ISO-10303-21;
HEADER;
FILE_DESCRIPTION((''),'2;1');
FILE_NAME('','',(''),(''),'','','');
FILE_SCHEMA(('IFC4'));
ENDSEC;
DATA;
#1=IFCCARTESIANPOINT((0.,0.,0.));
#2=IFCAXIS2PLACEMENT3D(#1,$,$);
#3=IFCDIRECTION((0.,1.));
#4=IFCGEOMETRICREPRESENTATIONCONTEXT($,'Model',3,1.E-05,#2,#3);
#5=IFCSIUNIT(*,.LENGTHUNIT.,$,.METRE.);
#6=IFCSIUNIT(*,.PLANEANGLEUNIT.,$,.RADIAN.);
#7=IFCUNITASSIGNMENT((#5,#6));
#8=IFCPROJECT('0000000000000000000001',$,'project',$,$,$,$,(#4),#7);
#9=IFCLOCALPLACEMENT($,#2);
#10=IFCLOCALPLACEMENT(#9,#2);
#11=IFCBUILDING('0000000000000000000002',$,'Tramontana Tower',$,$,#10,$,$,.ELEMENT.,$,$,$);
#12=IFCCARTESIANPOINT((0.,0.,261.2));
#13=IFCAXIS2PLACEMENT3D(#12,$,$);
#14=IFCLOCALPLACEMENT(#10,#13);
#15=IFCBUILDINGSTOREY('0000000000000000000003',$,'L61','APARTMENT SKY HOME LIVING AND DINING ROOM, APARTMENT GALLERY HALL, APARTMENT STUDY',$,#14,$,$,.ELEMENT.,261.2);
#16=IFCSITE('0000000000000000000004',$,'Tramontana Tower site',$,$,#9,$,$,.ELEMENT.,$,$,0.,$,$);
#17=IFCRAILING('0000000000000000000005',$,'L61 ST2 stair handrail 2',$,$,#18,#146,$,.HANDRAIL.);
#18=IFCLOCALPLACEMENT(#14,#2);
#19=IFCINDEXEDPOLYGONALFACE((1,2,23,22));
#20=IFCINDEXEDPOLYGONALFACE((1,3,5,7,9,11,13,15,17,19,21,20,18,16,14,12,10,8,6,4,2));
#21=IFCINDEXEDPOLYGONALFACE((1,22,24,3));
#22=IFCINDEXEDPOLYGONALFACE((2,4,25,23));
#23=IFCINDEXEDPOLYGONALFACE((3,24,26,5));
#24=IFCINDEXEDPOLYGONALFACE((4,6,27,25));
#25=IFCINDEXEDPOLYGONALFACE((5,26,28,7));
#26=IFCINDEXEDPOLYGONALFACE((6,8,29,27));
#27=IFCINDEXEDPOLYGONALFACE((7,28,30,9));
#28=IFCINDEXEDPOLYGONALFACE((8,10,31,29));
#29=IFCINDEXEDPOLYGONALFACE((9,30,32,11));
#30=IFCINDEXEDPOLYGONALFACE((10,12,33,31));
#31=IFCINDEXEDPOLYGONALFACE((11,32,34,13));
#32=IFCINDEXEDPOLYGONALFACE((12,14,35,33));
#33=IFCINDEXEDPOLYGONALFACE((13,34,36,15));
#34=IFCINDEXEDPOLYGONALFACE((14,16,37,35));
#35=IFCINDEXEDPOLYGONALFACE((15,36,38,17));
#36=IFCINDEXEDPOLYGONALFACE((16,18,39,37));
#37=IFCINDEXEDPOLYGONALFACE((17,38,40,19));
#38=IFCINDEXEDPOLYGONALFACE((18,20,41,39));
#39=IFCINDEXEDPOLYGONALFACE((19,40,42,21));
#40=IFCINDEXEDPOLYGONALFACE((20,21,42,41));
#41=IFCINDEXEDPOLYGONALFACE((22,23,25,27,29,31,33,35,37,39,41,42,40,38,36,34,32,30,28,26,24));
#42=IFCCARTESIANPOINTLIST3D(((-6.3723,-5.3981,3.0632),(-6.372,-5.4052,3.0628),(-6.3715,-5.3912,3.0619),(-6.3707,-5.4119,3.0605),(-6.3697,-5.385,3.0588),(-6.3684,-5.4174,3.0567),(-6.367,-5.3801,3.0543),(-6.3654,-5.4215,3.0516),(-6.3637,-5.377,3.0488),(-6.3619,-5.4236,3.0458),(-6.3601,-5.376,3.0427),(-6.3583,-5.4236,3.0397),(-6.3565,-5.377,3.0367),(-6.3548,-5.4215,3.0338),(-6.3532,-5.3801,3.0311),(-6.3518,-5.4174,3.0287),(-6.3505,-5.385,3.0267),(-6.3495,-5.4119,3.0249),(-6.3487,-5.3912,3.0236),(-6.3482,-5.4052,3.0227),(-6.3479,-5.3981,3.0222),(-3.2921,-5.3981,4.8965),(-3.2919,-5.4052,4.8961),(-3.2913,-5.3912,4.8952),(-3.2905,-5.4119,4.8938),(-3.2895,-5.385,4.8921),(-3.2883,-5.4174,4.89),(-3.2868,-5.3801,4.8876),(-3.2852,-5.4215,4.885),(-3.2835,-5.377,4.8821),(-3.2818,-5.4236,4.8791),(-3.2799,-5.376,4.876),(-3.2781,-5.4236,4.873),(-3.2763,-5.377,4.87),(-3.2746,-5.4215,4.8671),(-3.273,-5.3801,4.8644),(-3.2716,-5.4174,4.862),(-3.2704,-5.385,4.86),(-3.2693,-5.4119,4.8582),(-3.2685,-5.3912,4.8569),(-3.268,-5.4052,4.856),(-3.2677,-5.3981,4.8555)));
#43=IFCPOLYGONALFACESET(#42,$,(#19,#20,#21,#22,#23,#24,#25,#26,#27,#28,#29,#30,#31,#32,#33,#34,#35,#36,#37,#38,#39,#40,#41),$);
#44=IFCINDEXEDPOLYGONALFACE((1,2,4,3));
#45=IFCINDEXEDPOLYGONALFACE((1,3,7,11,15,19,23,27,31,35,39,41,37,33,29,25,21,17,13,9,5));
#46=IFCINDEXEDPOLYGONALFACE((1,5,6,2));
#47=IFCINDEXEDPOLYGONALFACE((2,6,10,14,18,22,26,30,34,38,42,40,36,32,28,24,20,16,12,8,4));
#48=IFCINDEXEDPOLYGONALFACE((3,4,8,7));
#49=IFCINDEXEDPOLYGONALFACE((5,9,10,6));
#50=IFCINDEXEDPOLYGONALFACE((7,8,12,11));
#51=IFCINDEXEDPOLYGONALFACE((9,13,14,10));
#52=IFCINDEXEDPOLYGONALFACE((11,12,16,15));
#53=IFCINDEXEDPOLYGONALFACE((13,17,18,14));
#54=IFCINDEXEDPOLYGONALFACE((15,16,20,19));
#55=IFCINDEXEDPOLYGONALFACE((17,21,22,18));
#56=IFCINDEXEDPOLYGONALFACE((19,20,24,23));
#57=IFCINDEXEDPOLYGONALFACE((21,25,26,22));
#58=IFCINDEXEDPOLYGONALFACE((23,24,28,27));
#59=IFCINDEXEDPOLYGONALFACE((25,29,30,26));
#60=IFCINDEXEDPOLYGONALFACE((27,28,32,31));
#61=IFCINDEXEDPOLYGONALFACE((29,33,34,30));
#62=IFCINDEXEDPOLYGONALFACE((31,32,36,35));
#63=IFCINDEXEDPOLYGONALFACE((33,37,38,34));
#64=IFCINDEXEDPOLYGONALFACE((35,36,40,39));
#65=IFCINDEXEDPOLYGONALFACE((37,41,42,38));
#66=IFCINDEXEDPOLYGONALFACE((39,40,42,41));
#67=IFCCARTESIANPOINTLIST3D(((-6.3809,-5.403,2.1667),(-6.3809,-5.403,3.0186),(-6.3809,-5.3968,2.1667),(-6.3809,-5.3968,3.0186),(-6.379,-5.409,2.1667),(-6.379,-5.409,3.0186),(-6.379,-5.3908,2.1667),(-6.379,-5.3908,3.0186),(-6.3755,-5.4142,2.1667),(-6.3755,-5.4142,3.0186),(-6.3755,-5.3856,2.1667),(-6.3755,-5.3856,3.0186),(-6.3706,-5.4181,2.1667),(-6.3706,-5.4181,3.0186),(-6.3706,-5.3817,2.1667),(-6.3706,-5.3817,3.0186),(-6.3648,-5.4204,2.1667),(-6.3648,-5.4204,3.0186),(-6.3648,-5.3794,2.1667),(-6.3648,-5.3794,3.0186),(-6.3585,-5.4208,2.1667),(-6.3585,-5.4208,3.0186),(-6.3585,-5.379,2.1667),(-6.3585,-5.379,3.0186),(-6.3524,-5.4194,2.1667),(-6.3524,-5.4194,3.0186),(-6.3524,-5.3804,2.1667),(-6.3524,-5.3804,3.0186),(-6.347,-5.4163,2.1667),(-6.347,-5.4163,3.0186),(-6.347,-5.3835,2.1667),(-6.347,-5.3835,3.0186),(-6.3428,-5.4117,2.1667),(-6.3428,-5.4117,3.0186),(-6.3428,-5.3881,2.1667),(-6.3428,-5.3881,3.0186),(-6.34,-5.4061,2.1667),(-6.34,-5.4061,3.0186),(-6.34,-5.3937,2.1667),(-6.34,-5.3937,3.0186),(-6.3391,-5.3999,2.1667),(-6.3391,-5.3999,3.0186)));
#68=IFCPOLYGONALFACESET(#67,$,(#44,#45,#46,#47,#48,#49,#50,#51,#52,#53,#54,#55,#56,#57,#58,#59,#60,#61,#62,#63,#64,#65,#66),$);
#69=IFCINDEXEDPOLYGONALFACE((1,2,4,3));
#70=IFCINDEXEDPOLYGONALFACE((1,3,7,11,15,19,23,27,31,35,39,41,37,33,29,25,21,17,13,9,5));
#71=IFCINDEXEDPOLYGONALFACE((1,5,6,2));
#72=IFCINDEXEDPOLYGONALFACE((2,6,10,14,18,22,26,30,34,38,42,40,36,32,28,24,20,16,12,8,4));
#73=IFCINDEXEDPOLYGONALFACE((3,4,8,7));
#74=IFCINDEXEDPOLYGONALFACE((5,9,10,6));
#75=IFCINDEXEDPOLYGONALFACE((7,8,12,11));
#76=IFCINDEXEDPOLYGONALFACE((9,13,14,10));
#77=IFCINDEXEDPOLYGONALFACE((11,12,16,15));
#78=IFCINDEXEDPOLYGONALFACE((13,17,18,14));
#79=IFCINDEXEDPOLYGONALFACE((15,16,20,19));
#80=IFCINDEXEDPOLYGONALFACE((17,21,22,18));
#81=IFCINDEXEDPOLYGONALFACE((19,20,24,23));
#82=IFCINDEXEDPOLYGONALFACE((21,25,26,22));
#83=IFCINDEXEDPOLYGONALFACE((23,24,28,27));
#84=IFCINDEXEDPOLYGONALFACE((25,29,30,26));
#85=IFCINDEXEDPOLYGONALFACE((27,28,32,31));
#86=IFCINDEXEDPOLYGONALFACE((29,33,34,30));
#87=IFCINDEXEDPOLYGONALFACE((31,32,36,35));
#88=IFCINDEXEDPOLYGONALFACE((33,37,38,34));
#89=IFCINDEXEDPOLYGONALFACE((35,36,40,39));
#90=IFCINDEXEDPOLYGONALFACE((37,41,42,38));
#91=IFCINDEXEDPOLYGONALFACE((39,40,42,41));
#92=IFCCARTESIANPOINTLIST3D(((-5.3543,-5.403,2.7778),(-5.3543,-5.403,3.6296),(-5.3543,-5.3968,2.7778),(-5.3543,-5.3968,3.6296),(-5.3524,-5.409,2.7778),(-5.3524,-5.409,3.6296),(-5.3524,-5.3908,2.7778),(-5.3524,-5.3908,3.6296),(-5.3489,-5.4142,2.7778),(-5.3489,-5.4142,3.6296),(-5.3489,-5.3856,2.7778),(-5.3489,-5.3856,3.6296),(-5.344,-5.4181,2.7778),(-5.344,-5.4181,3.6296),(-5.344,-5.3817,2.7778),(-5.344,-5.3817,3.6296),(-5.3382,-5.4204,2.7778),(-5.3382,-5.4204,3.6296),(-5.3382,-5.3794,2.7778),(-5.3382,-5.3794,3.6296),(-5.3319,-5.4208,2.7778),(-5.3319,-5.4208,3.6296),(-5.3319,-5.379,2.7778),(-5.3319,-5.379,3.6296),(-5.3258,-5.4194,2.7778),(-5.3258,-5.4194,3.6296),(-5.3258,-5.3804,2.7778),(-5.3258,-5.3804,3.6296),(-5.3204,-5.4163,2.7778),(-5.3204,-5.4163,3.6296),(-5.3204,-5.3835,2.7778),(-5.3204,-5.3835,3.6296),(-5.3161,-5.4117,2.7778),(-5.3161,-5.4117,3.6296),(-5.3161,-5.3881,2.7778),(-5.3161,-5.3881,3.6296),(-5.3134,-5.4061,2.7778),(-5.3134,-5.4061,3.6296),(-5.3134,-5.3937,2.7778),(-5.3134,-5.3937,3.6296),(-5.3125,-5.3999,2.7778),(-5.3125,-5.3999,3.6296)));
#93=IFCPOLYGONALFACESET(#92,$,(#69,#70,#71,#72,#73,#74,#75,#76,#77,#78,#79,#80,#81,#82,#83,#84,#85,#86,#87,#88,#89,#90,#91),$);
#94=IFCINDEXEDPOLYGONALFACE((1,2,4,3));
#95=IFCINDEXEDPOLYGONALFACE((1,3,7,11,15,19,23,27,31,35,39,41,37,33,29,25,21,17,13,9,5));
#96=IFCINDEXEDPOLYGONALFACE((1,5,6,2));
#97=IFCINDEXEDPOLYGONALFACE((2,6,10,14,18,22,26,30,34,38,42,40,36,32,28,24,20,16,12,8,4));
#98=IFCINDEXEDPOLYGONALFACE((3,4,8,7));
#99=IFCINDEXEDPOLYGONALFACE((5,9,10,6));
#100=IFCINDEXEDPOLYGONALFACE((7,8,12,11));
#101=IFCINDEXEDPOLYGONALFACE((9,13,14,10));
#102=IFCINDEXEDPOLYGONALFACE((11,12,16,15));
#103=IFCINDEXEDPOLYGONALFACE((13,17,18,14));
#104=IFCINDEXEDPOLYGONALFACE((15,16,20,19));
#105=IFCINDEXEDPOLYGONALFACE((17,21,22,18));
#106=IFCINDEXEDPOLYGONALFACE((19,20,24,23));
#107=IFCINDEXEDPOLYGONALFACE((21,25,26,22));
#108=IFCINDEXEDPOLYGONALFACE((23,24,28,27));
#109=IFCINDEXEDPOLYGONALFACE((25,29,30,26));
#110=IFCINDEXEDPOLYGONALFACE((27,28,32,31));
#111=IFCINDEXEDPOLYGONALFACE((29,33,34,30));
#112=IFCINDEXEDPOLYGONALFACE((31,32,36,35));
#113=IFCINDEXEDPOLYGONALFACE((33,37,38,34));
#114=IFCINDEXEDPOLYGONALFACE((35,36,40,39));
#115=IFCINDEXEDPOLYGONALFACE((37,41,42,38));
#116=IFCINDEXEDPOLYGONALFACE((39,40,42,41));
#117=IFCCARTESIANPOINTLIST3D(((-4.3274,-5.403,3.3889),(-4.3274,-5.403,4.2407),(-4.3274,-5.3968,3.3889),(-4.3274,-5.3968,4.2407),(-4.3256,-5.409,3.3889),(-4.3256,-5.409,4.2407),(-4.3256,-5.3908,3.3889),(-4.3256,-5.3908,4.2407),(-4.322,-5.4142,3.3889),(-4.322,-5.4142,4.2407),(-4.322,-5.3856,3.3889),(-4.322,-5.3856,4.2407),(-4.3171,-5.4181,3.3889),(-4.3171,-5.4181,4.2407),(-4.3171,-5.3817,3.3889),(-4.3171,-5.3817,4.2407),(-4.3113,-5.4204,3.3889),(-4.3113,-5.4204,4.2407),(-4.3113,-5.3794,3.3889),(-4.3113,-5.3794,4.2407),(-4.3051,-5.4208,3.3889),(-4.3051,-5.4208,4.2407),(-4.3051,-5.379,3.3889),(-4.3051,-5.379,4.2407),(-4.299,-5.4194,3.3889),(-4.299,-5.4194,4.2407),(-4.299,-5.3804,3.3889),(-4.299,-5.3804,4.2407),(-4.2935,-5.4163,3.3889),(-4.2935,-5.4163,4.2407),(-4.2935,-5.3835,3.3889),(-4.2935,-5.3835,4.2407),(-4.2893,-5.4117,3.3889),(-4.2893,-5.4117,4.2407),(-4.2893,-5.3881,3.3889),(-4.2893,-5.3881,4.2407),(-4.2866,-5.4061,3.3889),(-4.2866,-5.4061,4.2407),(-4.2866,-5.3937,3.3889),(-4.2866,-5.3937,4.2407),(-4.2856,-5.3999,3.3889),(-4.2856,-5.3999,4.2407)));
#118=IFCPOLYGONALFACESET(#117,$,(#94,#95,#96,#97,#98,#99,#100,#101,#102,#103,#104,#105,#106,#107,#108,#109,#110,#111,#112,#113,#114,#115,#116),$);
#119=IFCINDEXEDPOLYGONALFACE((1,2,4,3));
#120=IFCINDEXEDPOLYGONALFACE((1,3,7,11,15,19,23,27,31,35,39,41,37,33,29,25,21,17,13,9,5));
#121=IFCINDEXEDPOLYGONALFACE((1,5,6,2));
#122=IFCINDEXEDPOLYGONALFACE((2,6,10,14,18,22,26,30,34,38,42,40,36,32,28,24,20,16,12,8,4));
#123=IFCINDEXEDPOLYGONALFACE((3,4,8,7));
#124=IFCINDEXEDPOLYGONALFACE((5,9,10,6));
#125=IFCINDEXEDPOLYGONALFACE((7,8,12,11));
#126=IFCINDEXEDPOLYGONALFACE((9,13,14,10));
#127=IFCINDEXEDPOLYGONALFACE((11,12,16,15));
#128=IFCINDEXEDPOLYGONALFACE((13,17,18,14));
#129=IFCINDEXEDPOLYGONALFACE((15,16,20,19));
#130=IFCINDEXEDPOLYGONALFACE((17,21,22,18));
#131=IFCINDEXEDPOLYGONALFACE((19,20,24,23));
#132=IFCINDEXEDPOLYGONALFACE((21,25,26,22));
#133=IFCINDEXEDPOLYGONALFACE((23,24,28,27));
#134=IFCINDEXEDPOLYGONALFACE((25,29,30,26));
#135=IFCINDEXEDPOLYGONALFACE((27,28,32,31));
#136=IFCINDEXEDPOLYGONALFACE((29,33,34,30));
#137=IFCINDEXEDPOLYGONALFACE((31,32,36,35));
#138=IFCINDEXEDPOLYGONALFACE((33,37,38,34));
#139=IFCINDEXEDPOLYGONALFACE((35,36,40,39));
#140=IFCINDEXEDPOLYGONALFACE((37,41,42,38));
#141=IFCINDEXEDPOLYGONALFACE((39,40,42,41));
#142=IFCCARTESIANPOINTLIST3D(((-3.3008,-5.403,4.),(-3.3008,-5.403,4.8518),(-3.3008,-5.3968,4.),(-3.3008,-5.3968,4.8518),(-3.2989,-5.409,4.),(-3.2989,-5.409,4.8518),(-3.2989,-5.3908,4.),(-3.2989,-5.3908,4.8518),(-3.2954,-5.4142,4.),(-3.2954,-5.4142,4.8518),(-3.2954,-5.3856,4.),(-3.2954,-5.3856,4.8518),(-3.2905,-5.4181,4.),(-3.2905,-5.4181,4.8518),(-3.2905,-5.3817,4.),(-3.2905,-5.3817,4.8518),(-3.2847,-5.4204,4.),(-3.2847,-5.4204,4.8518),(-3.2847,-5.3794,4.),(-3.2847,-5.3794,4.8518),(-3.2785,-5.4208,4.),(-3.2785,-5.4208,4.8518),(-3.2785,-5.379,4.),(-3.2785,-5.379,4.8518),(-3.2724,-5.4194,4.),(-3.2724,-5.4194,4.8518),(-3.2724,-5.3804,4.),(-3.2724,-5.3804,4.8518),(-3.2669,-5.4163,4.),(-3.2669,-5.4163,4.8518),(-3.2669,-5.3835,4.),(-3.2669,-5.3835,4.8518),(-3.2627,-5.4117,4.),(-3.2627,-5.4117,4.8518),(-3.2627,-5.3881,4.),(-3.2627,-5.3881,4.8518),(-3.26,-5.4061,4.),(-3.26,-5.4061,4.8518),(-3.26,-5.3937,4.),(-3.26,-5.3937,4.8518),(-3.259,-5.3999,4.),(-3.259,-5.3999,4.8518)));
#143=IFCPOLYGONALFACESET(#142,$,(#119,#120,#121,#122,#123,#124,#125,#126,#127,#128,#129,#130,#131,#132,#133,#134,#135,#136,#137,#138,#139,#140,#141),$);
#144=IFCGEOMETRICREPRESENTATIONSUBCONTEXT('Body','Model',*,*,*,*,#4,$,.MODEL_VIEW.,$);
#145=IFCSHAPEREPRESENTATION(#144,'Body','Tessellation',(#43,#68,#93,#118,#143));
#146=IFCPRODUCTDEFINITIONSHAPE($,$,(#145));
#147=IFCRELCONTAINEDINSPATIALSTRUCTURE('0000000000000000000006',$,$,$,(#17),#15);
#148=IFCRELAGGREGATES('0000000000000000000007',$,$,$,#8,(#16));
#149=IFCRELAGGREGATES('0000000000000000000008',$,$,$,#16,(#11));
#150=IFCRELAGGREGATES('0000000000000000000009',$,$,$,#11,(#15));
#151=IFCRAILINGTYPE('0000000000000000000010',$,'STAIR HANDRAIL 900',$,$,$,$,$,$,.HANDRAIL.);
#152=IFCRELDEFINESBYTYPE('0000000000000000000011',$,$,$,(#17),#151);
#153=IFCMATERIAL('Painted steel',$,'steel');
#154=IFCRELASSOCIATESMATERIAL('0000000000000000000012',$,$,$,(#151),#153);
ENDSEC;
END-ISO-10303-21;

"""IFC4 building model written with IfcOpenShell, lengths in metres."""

from ifc_helpers import new_model, si_unit, direction, frame, origin, origin_2d, place, context, subcontext, project, spatial, circle, extrude, material, type_object, element, save


model = new_model("IFC4")

# Units and contexts
model_context = context("Model", 3, precision=1e-05, world=origin(), true_north=direction((0.0, 1.0)))
body_context = subcontext(model_context, "Body", "Model", "MODEL_VIEW")
ifc_project = project(units=[si_unit("LENGTHUNIT", "METRE"), si_unit("PLANEANGLEUNIT", "RADIAN")], contexts=[model_context])

# Site, building, storey
site_placement = place(None, origin())
site = spatial("IfcSite", under=ifc_project, at=site_placement, Name="Tramontana Tower site", CompositionType="ELEMENT", RefElevation=0.0)
building_placement = place(site_placement, origin())
building = spatial("IfcBuilding", under=site, at=building_placement, Name="Tramontana Tower", CompositionType="ELEMENT")
storey_placement = place(building_placement, frame((0.0, 0.0, 261.2)))
storey = spatial("IfcBuildingStorey", under=building, at=storey_placement, Name="L61", Description="APARTMENT SKY HOME LIVING AND DINING ROOM, APARTMENT GALLERY HALL, APARTMENT STUDY", CompositionType="ELEMENT", Elevation=261.2)

# Railing
ifc_material_1 = material(Name="Painted steel", Category="steel")
railing_type_1 = type_object("IfcRailingType", Name="STAIR HANDRAIL 900", PredefinedType="HANDRAIL", material=ifc_material_1)
railing_1_placement = place(storey_placement, frame((-6.3601, -5.3999, 2.1667)))
element("IfcRailing", 1, at=railing_1_placement, inside=storey, type_object=railing_type_1, Name="L61 ST2 stair handrail 2", PredefinedType="HANDRAIL", context=body_context, shape_type="SweptSolid", body=[
    extrude(circle(Radius=0.0239, at=origin_2d()), frame((0.0, 0.0, 0.876), z_axis=(0.859309, 0.0, 0.511458), x_axis=(0.0, 1.0, 0.0)), (0.0, 0.0, 1.0), 3.5845),
    extrude(circle(Radius=0.021, at=origin_2d()), origin(), (0.0, 0.0, 1.0), 0.8518),
    extrude(circle(Radius=0.021, at=origin_2d()), frame((1.0266, 0.0, 0.6111)), (0.0, 0.0, 1.0), 0.8518),
    extrude(circle(Radius=0.021, at=origin_2d()), frame((2.0535, 0.0, 1.2222)), (0.0, 0.0, 1.0), 0.8518),
    extrude(circle(Radius=0.021, at=origin_2d()), frame((3.0801, 0.0, 1.8333)), (0.0, 0.0, 1.0), 0.8518),
])

save(model, "model.ifc")
